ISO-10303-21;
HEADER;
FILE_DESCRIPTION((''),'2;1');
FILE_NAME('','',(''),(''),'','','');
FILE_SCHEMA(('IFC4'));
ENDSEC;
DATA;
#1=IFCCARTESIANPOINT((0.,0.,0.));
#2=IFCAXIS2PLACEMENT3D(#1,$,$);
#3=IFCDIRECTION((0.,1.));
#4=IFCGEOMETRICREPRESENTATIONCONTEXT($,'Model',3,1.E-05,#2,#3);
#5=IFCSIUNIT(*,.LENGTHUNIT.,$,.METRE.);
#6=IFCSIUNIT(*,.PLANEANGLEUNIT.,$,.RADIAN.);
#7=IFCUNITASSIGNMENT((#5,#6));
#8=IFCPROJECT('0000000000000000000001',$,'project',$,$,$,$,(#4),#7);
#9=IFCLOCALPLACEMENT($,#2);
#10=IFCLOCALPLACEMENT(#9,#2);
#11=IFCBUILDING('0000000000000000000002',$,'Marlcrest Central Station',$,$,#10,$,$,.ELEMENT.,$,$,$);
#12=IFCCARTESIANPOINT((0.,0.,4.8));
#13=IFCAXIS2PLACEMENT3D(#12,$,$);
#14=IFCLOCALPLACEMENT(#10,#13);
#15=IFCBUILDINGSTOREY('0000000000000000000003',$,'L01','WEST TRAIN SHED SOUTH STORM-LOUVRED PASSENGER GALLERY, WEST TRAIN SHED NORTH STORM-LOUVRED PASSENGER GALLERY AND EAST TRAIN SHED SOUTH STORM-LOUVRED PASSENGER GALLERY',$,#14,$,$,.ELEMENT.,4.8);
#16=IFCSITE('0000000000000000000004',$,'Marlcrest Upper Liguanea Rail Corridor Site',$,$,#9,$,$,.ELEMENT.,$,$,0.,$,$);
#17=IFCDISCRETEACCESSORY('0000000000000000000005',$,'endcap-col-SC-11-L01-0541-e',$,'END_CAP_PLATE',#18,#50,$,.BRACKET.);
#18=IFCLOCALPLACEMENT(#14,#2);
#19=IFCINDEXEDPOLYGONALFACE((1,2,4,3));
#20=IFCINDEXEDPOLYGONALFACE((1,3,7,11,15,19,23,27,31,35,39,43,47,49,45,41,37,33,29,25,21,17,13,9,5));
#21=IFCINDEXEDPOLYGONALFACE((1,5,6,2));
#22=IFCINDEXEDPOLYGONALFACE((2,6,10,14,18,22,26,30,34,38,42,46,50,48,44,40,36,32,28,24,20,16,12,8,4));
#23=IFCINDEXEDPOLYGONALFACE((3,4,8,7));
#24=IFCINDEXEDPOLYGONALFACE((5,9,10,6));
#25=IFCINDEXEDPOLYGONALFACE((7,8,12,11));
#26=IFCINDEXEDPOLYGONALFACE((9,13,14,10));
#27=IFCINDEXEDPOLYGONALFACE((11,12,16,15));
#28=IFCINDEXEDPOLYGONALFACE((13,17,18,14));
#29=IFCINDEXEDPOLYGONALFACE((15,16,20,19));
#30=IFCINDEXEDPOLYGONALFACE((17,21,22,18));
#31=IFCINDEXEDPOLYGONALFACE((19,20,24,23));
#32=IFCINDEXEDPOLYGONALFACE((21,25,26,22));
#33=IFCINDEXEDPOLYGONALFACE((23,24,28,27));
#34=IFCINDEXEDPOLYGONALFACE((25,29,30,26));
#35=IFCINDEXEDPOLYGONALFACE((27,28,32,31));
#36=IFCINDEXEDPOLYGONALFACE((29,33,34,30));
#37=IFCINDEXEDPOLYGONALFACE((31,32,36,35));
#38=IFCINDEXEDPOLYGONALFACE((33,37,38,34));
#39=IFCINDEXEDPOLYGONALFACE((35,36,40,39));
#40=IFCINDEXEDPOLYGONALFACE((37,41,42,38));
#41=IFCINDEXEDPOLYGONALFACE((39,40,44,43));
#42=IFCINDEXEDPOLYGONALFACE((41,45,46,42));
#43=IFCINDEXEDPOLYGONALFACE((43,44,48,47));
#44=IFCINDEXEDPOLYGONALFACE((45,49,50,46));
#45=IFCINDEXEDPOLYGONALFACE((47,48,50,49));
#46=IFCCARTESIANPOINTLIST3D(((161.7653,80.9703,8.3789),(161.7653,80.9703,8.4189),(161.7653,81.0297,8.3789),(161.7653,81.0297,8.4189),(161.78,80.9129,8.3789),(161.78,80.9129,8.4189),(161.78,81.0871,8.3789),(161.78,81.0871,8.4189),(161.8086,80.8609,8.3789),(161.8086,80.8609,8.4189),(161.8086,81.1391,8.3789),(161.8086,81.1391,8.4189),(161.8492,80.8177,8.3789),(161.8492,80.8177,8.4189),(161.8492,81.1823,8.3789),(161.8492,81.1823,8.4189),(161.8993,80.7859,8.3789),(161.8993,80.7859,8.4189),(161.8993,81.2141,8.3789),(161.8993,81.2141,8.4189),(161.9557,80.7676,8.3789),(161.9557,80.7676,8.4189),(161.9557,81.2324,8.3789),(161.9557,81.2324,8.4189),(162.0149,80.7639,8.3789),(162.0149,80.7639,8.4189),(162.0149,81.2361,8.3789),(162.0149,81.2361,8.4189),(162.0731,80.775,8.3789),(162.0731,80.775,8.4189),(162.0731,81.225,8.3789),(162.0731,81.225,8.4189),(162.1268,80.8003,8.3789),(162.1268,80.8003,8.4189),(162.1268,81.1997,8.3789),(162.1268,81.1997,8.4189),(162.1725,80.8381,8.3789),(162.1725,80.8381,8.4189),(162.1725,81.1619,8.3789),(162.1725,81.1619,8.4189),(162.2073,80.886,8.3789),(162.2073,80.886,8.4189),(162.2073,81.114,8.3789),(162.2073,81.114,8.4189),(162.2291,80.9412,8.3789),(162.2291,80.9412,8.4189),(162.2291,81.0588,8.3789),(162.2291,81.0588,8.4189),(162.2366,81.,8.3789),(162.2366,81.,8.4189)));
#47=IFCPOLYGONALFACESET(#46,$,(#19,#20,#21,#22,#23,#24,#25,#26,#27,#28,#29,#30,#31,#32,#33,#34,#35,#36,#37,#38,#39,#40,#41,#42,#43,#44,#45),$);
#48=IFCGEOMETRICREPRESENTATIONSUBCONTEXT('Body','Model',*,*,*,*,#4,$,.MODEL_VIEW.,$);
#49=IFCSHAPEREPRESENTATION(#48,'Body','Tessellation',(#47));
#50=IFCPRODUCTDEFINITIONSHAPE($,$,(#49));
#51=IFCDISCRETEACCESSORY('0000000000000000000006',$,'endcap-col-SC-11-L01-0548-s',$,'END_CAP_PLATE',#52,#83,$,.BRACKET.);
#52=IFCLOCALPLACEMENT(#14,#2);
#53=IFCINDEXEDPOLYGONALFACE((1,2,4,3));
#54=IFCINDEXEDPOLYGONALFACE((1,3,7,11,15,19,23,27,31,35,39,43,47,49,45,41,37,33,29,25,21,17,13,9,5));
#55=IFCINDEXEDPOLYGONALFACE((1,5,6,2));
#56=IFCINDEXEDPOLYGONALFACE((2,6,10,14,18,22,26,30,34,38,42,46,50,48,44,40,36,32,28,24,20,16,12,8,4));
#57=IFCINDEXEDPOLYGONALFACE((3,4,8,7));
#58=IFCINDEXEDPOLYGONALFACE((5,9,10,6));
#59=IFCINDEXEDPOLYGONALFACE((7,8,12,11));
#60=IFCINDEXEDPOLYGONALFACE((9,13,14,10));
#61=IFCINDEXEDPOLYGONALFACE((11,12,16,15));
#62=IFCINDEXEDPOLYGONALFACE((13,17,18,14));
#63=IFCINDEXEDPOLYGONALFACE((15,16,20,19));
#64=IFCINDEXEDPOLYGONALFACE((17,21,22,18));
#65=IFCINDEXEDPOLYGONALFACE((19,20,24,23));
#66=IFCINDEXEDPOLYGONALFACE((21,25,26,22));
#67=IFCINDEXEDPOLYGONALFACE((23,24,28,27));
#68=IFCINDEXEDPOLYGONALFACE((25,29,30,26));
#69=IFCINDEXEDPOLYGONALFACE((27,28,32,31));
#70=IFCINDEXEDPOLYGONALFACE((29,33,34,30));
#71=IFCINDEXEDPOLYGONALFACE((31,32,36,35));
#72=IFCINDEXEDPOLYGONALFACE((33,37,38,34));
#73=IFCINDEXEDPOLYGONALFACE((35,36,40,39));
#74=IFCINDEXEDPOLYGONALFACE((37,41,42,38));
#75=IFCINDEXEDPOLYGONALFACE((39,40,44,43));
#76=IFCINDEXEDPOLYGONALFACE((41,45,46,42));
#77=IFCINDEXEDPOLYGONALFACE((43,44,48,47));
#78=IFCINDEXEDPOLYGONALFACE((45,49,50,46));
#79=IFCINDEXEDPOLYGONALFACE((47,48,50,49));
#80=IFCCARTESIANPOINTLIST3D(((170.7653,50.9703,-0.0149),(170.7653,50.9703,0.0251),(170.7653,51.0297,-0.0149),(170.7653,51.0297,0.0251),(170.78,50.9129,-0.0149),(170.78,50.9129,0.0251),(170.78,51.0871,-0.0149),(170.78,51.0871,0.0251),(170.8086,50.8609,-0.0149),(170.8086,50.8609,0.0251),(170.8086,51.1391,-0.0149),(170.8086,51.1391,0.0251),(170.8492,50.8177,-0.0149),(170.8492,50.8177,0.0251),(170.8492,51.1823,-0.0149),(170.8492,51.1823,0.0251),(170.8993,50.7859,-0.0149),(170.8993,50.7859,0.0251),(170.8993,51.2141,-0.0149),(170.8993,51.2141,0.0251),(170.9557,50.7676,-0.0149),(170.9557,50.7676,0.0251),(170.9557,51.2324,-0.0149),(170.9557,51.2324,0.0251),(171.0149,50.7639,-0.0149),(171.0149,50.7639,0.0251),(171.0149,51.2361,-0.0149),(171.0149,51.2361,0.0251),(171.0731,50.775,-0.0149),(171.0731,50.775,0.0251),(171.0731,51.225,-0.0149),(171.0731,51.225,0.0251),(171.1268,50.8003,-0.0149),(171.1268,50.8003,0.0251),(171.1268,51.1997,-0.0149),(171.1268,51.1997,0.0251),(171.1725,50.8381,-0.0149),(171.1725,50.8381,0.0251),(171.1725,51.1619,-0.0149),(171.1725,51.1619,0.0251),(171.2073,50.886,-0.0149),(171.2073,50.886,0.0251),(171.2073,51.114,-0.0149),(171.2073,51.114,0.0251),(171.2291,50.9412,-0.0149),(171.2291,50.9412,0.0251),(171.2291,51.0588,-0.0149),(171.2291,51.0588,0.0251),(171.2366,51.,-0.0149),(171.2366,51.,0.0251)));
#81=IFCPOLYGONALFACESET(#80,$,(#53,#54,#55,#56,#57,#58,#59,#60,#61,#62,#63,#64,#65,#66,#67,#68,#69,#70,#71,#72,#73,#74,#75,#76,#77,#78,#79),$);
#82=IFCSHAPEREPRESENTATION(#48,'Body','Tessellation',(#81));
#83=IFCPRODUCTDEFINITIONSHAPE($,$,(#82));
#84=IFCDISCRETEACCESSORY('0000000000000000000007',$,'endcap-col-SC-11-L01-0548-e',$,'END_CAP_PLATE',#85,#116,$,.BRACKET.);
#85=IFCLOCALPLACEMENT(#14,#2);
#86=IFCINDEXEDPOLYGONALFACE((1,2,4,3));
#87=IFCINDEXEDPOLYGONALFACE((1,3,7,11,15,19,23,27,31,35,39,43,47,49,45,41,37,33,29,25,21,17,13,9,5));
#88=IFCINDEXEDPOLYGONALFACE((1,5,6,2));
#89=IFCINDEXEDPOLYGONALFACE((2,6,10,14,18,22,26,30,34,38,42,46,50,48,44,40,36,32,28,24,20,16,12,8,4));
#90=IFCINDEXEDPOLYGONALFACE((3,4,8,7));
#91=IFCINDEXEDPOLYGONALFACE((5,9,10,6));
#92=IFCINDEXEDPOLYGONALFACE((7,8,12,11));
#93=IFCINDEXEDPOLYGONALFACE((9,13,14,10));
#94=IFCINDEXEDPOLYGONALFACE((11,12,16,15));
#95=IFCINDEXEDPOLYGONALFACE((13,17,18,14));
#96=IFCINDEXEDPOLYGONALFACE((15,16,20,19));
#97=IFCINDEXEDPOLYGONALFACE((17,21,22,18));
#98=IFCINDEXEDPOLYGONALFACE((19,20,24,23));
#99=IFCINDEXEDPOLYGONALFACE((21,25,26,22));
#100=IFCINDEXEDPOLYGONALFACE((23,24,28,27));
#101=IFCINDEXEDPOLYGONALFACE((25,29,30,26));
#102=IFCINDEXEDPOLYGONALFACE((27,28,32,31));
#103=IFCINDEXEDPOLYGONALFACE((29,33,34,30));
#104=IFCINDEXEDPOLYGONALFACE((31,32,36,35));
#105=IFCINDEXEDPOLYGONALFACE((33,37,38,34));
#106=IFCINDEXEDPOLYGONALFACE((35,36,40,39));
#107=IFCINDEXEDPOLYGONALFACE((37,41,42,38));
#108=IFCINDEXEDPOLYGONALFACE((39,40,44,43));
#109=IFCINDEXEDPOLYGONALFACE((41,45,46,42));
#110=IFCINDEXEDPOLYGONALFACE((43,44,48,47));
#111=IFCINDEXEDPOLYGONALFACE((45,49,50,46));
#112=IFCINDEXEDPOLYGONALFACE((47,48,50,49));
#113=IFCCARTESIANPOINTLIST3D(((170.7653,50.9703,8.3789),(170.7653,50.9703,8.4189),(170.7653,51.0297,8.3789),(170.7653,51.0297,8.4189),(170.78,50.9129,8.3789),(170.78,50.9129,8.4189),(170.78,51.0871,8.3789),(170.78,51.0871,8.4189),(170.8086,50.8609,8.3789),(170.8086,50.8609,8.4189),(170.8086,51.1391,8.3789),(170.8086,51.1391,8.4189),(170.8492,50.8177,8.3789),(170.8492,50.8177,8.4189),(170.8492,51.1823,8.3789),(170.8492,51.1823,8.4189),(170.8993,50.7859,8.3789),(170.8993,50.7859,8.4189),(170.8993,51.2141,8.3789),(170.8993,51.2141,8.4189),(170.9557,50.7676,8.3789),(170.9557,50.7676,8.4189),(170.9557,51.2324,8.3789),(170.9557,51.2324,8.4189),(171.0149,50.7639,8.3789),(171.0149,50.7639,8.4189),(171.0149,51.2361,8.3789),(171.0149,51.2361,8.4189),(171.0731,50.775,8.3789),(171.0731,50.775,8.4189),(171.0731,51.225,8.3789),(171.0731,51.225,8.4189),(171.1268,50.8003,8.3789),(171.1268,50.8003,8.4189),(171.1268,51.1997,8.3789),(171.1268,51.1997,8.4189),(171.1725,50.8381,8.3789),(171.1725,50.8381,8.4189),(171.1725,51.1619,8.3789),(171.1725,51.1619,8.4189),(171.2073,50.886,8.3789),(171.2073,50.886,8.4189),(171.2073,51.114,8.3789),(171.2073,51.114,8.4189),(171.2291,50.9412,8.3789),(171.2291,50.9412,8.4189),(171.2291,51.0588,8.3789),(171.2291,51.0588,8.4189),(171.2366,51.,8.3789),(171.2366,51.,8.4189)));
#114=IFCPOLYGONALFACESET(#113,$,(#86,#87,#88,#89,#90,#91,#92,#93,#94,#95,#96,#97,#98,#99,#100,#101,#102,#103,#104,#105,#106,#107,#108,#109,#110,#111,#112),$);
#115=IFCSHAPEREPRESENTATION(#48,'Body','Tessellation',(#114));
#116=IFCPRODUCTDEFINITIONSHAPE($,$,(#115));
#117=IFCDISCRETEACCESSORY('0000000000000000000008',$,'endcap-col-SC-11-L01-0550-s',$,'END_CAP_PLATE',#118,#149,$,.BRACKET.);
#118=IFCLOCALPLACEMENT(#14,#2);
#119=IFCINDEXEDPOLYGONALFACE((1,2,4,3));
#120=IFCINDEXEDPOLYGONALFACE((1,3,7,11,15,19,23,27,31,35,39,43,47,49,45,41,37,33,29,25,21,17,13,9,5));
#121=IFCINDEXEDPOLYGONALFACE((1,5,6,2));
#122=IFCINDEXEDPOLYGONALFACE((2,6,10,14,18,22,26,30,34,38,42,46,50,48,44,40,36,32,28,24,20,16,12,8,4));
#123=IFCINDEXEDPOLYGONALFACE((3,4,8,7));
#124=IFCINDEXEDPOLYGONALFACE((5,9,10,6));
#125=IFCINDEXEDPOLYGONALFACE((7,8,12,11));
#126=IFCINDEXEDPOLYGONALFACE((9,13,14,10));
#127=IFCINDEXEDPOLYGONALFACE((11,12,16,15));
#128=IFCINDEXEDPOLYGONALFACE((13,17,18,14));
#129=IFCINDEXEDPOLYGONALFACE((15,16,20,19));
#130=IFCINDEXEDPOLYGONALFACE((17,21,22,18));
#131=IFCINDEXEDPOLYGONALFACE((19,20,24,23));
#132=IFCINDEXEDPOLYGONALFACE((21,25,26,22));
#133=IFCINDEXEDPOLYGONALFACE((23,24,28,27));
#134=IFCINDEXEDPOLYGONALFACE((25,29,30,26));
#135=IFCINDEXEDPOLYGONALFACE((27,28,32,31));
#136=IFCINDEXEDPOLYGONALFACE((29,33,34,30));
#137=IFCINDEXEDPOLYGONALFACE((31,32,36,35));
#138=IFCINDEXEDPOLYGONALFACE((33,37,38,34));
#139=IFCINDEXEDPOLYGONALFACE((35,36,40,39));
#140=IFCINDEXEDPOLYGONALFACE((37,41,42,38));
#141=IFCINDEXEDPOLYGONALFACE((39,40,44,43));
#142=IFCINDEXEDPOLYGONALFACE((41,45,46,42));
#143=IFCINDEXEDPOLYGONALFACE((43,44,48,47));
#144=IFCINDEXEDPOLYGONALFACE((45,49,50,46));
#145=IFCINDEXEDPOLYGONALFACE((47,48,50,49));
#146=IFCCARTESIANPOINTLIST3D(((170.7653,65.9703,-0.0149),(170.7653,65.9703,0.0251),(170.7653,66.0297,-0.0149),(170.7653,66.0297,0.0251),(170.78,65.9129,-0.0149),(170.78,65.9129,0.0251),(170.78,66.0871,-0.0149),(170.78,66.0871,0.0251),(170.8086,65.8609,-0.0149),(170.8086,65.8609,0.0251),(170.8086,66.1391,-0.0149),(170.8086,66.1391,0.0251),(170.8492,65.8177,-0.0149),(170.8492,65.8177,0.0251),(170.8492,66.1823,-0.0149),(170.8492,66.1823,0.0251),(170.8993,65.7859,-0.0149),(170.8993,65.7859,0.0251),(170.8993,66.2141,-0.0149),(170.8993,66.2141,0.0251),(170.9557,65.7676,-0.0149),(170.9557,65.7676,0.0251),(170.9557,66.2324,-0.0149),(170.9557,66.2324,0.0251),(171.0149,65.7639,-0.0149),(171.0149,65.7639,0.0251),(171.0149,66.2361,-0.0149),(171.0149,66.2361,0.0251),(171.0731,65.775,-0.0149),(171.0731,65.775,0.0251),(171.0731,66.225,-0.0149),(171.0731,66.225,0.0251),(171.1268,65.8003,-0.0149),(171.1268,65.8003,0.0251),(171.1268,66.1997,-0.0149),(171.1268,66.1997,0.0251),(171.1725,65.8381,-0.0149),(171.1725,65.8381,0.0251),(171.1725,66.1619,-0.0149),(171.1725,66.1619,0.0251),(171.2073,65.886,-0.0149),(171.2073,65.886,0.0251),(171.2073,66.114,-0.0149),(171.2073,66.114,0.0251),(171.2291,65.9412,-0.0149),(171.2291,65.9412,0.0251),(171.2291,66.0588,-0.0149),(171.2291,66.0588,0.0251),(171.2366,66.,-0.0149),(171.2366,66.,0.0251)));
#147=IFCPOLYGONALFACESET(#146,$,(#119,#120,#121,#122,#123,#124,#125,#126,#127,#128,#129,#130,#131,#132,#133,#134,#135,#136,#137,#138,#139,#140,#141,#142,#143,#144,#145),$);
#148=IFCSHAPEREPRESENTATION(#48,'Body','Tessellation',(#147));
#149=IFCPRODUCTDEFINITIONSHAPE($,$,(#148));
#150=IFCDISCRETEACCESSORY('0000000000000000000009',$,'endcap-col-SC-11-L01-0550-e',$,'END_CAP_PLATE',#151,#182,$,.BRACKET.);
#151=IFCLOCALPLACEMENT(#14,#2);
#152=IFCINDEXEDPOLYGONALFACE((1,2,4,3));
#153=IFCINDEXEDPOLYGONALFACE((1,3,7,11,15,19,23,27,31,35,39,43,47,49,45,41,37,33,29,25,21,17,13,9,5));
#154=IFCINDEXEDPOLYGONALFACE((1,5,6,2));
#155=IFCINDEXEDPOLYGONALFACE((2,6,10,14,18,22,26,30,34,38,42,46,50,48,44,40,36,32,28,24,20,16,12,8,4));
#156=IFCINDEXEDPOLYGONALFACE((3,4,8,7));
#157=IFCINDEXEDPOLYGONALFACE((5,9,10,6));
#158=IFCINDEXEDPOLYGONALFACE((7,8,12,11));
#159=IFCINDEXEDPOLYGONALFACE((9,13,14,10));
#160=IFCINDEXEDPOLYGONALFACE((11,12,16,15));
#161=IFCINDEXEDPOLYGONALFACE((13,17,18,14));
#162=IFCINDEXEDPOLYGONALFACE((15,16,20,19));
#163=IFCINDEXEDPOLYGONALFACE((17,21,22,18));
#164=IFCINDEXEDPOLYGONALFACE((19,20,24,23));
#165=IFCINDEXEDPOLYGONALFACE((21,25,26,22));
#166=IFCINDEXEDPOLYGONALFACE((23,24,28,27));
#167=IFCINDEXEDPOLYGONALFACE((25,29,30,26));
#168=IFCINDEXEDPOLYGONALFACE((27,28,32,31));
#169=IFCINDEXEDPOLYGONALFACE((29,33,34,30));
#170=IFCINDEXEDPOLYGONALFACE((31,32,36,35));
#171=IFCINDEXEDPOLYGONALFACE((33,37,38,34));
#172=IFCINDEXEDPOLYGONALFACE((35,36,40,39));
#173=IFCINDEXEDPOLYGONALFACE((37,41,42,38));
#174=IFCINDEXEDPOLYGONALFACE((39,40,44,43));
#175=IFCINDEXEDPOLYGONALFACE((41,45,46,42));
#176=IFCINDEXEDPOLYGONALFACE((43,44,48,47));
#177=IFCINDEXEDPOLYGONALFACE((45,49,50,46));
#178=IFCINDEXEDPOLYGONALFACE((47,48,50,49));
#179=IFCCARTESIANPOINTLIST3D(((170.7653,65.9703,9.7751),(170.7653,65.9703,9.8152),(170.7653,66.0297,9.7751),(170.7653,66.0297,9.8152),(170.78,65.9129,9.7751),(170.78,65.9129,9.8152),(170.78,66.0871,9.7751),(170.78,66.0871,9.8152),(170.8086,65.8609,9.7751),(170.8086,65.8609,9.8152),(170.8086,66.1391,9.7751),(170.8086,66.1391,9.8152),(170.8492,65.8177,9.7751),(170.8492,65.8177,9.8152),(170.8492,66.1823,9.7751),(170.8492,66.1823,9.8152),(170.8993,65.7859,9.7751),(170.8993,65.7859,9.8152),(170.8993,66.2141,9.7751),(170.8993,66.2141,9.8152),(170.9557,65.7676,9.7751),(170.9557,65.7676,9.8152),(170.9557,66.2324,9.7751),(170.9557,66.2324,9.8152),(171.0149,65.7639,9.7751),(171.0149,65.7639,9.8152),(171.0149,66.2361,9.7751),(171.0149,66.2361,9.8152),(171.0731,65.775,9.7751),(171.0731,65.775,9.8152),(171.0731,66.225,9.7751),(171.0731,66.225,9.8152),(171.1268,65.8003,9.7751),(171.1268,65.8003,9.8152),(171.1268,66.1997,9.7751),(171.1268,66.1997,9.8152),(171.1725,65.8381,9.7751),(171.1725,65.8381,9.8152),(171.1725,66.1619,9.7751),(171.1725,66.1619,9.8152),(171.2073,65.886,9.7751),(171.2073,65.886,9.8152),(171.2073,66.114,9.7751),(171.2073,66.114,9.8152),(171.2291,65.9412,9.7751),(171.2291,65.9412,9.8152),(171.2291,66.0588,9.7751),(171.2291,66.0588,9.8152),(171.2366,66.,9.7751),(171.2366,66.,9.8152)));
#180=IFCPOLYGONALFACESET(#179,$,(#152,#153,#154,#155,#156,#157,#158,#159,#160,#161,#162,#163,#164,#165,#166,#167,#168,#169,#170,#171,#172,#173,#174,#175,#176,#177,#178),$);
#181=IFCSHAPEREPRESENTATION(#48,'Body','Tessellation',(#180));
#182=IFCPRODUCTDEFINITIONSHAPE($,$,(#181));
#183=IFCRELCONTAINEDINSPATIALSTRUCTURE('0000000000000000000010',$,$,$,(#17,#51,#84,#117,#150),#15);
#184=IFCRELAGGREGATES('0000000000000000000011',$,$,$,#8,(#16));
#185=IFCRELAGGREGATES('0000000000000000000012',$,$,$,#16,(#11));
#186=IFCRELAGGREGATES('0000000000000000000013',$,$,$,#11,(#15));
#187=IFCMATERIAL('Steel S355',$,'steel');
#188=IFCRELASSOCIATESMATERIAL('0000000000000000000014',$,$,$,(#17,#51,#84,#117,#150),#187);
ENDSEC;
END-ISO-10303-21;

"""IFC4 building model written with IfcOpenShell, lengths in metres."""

from ifc_helpers import new_model, si_unit, direction, frame, origin, origin_2d, place, context, subcontext, project, spatial, circle, extrude, material, element, save


model = new_model("IFC4")

# Units and contexts
model_context = context("Model", 3, precision=1e-05, world=origin(), true_north=direction((0.0, 1.0)))
body_context = subcontext(model_context, "Body", "Model", "MODEL_VIEW")
ifc_project = project(units=[si_unit("LENGTHUNIT", "METRE"), si_unit("PLANEANGLEUNIT", "RADIAN")], contexts=[model_context])

# Site, building, storey
site_placement = place(None, origin())
site = spatial("IfcSite", under=ifc_project, at=site_placement, Name="Marlcrest Upper Liguanea Rail Corridor Site", CompositionType="ELEMENT", RefElevation=0.0)
building_placement = place(site_placement, origin())
building = spatial("IfcBuilding", under=site, at=building_placement, Name="Marlcrest Central Station", CompositionType="ELEMENT")
storey_placement = place(building_placement, frame((0.0, 0.0, 4.8)))
storey = spatial("IfcBuildingStorey", under=building, at=storey_placement, Name="L01", Description="WEST TRAIN SHED SOUTH STORM-LOUVRED PASSENGER GALLERY, WEST TRAIN SHED NORTH STORM-LOUVRED PASSENGER GALLERY AND EAST TRAIN SHED SOUTH STORM-LOUVRED PASSENGER GALLERY", CompositionType="ELEMENT", Elevation=4.8)

# Shared definitions
ifc_material = material(Name="Steel S355", Category="steel")

# Discrete accessories
for number, where, z_axis, x_axis, name in (
    (1, (162.0, 81.0, 8.3789), (0.0, 0.0, 1.0), (1.0, 0.0, 0.0), "endcap-col-SC-11-L01-0541-e"),
    (2, (171.0, 51.0, -0.0149), (0.0, 0.0, 1.0), (1.0, 0.0, 0.0), "endcap-col-SC-11-L01-0548-s"),
    (3, (171.0, 51.0, 8.3789), (0.0, 0.0, 1.0), (1.0, 0.0, 0.0), "endcap-col-SC-11-L01-0548-e"),
    (4, (171.0, 66.0, -0.0149), (0.0, 0.0, 1.0), (1.0, 0.0, 0.0), "endcap-col-SC-11-L01-0550-s"),
    (5, (171.0, 66.0, 9.7751), (0.0, 0.0, 1.0), (1.0, 0.0, 0.0), "endcap-col-SC-11-L01-0550-e"),
):
    element("IfcDiscreteAccessory", number, at=place(storey_placement, frame(where, z_axis=z_axis, x_axis=x_axis)), inside=storey, material=ifc_material, Name=name, ObjectType="END_CAP_PLATE", PredefinedType="BRACKET", context=body_context, shape_type="SweptSolid", body=[
        extrude(circle(Radius=0.2366, at=origin_2d()), origin(), (0.0, 0.0, 1.0), 0.04),
    ])

save(model, "model.ifc")
